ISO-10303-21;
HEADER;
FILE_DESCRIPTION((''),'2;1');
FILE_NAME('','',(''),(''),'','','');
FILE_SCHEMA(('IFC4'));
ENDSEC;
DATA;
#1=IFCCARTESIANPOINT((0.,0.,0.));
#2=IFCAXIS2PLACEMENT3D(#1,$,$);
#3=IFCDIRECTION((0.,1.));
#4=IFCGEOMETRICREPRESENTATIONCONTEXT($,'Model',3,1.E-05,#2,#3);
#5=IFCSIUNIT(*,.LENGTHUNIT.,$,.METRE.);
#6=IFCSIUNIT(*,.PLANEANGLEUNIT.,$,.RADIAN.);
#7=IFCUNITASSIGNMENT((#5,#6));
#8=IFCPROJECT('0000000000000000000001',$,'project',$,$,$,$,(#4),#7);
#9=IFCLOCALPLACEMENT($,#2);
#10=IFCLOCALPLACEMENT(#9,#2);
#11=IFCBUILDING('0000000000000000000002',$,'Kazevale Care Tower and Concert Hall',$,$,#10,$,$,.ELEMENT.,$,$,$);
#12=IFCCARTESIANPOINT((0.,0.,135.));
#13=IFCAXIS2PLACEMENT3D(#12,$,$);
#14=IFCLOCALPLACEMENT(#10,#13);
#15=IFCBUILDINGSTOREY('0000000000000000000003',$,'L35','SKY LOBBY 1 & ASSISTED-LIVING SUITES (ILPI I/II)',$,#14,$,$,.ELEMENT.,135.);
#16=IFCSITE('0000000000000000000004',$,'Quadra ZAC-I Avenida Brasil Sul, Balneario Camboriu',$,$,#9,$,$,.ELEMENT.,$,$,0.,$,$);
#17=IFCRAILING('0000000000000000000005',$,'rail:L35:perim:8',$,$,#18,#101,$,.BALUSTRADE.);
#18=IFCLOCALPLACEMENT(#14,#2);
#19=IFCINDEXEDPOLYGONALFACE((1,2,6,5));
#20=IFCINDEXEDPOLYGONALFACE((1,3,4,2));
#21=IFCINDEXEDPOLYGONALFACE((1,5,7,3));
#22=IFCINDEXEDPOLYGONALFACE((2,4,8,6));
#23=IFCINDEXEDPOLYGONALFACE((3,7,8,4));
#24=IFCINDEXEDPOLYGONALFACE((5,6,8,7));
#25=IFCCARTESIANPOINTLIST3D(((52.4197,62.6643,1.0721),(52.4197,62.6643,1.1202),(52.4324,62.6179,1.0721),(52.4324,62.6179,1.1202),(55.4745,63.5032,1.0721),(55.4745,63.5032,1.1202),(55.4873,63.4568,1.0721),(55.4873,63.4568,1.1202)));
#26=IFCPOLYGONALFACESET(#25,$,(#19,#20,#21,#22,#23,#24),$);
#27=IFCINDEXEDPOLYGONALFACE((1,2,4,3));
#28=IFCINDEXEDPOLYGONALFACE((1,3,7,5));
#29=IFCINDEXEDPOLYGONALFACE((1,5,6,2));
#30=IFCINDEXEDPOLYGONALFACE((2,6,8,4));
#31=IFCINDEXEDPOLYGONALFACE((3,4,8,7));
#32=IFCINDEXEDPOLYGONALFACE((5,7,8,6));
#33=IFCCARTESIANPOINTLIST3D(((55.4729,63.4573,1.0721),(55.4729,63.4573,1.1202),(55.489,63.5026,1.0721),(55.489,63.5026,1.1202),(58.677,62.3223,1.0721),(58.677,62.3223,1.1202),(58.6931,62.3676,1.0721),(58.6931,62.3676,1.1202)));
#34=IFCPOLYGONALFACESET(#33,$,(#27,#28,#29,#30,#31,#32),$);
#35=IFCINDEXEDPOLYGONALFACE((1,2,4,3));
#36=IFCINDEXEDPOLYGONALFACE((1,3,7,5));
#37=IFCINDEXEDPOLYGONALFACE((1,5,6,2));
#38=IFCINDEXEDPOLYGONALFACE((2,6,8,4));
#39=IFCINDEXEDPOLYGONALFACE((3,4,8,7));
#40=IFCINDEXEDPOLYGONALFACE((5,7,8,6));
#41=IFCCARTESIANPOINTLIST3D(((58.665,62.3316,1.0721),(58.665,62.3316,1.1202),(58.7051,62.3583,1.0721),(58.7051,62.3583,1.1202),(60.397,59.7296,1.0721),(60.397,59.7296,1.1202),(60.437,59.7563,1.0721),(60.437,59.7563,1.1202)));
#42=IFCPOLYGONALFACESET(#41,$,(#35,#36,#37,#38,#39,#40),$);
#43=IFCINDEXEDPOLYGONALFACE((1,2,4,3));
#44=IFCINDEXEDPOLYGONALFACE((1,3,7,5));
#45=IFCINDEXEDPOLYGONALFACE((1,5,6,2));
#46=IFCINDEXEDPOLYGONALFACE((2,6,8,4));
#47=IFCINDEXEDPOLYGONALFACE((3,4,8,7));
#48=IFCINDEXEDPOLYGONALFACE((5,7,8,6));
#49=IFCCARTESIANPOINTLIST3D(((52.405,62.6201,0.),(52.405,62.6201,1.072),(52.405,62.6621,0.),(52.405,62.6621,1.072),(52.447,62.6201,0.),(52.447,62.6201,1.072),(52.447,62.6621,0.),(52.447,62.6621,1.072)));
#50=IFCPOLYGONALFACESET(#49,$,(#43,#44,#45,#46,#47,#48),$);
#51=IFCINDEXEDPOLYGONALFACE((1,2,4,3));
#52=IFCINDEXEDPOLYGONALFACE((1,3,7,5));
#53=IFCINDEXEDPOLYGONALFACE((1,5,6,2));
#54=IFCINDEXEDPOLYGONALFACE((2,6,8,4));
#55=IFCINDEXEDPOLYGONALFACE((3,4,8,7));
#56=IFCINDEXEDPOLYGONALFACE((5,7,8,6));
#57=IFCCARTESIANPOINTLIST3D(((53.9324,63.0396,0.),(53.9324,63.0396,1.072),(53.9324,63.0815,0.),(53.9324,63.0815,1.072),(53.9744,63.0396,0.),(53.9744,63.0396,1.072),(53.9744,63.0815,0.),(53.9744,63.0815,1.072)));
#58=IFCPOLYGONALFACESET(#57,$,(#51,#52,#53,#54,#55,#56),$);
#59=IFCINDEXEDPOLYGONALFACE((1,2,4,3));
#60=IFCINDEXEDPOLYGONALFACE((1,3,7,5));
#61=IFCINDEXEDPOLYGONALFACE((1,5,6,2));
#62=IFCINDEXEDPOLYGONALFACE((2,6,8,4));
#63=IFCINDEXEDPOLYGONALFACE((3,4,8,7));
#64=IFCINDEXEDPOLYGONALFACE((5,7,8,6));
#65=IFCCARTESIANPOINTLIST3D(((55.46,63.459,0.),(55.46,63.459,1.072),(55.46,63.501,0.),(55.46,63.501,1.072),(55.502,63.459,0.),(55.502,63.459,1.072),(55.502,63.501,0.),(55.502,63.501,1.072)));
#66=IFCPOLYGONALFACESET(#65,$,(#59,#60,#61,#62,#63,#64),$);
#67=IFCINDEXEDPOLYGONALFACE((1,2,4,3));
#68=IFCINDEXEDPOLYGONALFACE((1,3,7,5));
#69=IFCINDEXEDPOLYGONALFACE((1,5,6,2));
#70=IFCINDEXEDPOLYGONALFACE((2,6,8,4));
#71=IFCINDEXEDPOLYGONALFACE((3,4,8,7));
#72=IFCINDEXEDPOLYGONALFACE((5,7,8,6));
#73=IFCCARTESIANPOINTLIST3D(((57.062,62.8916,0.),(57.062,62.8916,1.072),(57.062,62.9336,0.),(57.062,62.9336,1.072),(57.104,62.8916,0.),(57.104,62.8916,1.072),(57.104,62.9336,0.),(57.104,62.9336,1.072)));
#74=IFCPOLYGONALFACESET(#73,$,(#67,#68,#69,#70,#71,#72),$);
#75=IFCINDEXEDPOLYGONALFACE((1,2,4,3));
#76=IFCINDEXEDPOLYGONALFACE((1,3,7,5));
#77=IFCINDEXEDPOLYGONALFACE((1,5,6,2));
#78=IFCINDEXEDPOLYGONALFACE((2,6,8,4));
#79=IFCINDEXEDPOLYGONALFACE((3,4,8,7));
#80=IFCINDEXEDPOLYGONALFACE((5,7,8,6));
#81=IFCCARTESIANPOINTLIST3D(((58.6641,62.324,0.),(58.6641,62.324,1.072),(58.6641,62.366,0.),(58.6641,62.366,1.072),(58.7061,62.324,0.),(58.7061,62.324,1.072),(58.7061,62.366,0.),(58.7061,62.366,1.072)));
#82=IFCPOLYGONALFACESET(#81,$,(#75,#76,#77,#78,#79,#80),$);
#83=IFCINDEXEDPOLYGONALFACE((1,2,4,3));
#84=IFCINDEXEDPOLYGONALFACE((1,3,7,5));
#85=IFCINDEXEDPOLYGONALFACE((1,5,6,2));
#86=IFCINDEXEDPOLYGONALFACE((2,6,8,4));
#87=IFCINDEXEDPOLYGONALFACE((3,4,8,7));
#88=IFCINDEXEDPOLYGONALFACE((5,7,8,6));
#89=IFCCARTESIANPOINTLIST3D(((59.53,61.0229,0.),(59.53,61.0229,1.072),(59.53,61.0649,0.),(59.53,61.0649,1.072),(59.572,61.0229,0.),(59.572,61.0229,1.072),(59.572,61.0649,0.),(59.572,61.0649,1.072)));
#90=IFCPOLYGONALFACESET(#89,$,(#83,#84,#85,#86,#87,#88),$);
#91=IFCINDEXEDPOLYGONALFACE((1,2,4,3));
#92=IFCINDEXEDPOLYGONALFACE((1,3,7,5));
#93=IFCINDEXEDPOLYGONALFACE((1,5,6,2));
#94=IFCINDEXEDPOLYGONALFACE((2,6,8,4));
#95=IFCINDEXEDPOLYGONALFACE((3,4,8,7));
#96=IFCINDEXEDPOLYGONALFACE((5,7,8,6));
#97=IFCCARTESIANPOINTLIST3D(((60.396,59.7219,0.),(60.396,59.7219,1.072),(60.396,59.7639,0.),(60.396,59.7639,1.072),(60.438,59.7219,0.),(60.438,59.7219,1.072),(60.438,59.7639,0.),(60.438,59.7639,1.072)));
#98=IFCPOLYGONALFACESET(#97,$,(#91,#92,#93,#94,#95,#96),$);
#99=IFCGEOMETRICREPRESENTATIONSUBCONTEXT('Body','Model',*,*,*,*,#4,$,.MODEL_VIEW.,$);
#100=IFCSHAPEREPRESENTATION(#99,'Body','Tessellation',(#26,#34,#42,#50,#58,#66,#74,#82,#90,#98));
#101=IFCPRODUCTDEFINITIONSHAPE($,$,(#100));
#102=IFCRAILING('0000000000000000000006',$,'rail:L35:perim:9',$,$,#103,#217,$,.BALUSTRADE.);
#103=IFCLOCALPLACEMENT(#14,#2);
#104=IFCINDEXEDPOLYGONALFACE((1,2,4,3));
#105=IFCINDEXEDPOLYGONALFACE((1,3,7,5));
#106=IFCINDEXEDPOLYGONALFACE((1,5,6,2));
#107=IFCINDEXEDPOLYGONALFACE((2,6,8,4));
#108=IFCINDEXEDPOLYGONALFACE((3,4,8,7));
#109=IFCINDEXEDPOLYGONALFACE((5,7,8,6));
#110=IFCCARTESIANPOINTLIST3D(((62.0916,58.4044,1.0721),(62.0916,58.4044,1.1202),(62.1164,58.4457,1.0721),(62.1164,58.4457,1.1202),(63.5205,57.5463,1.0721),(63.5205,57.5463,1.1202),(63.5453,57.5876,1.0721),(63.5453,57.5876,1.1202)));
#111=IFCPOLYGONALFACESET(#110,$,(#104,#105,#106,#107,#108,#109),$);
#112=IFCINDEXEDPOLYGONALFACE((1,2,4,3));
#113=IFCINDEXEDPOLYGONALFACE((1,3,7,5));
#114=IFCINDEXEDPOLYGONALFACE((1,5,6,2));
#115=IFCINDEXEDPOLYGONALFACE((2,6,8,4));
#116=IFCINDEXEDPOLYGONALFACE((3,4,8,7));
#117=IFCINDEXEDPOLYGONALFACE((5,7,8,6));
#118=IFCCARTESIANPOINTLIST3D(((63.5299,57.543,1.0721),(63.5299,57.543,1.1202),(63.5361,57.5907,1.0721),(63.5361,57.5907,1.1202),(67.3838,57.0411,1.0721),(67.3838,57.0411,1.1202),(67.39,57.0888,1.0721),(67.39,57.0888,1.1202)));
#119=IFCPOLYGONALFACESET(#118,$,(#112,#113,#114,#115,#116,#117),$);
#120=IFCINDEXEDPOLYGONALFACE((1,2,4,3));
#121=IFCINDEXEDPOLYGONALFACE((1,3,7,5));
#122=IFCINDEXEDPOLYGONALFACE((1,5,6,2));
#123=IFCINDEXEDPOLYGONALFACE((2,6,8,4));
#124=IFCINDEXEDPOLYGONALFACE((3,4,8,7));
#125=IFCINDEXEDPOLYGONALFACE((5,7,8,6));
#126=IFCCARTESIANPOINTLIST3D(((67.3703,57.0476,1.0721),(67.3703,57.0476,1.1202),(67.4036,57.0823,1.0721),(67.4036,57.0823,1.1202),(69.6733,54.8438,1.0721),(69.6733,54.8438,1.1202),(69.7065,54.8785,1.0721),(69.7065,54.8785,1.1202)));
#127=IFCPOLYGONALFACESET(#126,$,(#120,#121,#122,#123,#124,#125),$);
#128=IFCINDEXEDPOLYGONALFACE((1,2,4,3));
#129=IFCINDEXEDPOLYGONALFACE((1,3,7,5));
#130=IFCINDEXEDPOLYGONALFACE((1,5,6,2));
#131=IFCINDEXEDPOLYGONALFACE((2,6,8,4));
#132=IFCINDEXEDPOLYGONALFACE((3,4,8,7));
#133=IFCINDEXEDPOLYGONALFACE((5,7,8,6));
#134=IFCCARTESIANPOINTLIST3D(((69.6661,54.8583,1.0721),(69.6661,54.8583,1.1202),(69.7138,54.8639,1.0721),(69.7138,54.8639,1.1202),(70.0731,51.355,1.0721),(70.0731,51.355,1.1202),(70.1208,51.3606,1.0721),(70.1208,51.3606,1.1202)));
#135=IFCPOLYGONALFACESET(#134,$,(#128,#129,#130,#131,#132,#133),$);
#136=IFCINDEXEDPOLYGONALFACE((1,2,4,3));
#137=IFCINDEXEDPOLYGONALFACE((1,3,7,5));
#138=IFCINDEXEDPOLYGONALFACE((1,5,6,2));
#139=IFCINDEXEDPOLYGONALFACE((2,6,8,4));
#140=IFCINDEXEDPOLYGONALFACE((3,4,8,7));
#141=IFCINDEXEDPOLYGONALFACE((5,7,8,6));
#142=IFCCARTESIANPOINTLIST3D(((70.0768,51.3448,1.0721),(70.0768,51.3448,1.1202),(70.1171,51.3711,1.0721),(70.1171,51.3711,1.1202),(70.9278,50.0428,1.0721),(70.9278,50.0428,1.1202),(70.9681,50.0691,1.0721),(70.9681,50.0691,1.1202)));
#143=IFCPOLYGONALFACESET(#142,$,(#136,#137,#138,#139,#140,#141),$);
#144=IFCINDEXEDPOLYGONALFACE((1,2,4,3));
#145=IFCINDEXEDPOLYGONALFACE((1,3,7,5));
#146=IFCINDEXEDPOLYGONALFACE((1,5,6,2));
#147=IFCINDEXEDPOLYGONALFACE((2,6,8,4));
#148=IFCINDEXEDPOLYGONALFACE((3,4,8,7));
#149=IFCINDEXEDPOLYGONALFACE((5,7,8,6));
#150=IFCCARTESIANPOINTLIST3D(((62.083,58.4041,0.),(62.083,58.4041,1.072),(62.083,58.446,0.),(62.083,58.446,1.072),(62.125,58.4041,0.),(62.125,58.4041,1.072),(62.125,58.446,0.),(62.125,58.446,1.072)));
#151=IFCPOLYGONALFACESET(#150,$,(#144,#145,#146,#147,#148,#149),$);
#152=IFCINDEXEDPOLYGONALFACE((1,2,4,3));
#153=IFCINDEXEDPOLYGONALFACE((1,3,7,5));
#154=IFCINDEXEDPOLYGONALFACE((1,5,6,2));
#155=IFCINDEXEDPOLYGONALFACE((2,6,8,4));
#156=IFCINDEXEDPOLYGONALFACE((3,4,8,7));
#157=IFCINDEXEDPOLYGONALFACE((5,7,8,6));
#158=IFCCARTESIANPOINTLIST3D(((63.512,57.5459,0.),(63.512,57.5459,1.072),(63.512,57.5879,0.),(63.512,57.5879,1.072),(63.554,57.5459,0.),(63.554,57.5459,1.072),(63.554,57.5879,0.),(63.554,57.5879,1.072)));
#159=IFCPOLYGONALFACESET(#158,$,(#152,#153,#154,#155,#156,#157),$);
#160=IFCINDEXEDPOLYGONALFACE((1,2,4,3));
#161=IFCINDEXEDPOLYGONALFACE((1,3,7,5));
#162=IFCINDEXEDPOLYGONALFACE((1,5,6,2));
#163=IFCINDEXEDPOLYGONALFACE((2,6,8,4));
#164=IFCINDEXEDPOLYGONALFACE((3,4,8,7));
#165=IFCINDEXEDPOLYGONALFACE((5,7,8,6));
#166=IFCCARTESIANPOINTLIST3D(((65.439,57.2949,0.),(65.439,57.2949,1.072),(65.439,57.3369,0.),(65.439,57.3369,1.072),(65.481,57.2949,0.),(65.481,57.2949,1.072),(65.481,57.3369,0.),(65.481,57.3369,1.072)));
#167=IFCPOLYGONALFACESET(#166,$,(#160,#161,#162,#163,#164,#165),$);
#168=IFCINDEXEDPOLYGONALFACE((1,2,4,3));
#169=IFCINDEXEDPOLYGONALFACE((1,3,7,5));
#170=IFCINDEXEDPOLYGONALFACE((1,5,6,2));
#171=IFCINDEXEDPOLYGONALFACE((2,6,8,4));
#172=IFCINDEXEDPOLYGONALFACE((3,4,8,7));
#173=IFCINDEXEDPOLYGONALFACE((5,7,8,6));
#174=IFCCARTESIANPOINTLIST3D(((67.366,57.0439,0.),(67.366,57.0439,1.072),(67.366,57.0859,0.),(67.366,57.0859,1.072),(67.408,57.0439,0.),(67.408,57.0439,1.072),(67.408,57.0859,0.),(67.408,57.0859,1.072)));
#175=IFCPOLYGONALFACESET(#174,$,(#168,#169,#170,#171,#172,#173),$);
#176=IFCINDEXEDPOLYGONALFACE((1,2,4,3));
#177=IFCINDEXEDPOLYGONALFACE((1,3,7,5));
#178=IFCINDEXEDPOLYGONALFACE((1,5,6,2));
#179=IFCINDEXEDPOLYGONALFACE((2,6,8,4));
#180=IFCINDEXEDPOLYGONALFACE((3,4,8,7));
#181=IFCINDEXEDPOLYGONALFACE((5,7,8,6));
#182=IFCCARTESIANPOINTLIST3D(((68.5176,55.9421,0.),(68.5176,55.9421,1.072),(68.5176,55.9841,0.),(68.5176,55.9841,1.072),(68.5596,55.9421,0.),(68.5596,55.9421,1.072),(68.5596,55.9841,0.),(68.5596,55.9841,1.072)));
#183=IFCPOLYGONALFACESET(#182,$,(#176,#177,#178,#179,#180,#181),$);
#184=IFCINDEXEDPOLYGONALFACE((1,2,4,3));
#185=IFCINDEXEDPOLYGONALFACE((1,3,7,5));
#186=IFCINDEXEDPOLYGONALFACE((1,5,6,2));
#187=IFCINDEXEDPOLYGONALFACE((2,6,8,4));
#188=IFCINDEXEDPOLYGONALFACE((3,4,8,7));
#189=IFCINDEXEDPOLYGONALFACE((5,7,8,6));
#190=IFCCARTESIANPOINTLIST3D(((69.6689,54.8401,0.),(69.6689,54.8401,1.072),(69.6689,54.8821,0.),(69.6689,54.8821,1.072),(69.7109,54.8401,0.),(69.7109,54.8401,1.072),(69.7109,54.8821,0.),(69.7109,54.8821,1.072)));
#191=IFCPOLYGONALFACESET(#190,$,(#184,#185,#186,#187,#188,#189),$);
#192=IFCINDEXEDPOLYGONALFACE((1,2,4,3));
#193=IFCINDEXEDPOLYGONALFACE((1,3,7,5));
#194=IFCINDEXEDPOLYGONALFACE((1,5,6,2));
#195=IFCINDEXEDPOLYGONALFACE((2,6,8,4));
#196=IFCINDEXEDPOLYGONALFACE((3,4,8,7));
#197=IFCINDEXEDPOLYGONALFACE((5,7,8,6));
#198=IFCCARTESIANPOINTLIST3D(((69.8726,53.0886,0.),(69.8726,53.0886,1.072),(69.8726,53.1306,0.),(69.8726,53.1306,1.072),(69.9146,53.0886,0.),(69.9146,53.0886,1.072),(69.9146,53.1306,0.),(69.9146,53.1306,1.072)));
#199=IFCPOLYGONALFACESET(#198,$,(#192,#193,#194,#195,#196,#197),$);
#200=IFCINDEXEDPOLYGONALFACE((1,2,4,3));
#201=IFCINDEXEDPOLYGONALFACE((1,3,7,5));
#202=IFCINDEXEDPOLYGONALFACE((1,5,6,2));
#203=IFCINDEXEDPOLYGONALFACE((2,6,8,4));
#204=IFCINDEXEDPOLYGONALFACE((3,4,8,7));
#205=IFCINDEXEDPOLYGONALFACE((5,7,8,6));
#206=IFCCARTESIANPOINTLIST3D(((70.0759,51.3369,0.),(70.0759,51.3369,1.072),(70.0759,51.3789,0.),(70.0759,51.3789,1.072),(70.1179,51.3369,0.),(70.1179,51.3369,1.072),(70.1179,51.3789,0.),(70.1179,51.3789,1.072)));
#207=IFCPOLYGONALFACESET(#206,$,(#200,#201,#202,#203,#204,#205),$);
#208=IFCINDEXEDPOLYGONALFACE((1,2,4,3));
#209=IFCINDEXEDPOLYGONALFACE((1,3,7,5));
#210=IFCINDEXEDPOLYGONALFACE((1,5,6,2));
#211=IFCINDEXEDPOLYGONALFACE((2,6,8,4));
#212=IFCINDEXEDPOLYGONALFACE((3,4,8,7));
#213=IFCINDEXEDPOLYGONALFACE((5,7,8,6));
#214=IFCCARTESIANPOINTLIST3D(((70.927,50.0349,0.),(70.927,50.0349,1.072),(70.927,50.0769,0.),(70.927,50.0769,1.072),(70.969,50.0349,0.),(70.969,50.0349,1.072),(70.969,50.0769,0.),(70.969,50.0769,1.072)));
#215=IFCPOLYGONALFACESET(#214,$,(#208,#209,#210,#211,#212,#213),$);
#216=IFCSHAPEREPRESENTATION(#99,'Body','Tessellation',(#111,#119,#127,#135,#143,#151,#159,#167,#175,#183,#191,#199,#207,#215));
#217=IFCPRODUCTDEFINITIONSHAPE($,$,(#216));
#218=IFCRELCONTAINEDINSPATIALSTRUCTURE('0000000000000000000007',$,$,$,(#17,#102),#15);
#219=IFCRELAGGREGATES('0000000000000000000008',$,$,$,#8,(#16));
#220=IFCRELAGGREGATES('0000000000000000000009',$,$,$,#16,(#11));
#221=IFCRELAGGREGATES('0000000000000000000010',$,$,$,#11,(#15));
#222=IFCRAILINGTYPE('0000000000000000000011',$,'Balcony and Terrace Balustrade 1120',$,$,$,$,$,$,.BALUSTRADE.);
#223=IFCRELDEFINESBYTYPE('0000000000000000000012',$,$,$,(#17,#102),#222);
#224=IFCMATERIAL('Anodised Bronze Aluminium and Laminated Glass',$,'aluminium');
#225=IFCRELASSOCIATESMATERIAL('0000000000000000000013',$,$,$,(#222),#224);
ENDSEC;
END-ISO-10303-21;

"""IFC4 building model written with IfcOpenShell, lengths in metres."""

from ifc_helpers import new_model, si_unit, direction, frame, origin, origin_2d, place, context, subcontext, project, spatial, rectangle, extrude, material, type_object, element, save


model = new_model("IFC4")

# Units and contexts
model_context = context("Model", 3, precision=1e-05, world=origin(), true_north=direction((0.0, 1.0)))
body_context = subcontext(model_context, "Body", "Model", "MODEL_VIEW")
ifc_project = project(units=[si_unit("LENGTHUNIT", "METRE"), si_unit("PLANEANGLEUNIT", "RADIAN")], contexts=[model_context])

# Site, building, storey
site_placement = place(None, origin())
site = spatial("IfcSite", under=ifc_project, at=site_placement, Name="Quadra ZAC-I Avenida Brasil Sul, Balneario Camboriu", CompositionType="ELEMENT", RefElevation=0.0)
building_placement = place(site_placement, origin())
building = spatial("IfcBuilding", under=site, at=building_placement, Name="Kazevale Care Tower and Concert Hall", CompositionType="ELEMENT")
storey_placement = place(building_placement, frame((0.0, 0.0, 135.0)))
storey = spatial("IfcBuildingStorey", under=building, at=storey_placement, Name="L35", Description="SKY LOBBY 1 & ASSISTED-LIVING SUITES (ILPI I/II)", CompositionType="ELEMENT", Elevation=135.0)

# Railings
ifc_material_1 = material(Name="Anodised Bronze Aluminium and Laminated Glass", Category="aluminium")
railing_type = type_object("IfcRailingType", Name="Balcony and Terrace Balustrade 1120", PredefinedType="BALUSTRADE", material=ifc_material_1)
railing_1_placement = place(storey_placement, frame((52.426, 62.6411, 0.0)))
element("IfcRailing", 1, at=railing_1_placement, inside=storey, type_object=railing_type, Name="rail:L35:perim:8", PredefinedType="BALUSTRADE", context=body_context, shape_type="SweptSolid", body=[
    extrude(rectangle(XDim=0.0481, YDim=0.0481, at=origin_2d()), frame((0.0, 0.0, 1.0962), z_axis=(0.964305, 0.264793, 0.0), x_axis=(-0.264793, 0.964305, 0.0)), (0.0, 0.0, 1.0), 3.168),
    extrude(rectangle(XDim=0.0481, YDim=0.0481, at=origin_2d()), frame((3.0549, 0.8389, 1.0962), z_axis=(0.942607, -0.333906, 0.0), x_axis=(0.333906, 0.942607, 0.0)), (0.0, 0.0, 1.0), 3.3992),
    extrude(rectangle(XDim=0.0481, YDim=0.0481, at=origin_2d()), frame((6.259, -0.2961, 1.0962), z_axis=(0.554087, -0.832459, 0.0), x_axis=(0.832459, 0.554087, 0.0)), (0.0, 0.0, 1.0), 3.1257),
    extrude(rectangle(XDim=0.042, YDim=0.042, at=origin_2d()), origin(), (0.0, 0.0, 1.0), 1.072),
    extrude(rectangle(XDim=0.042, YDim=0.042, at=origin_2d()), frame((1.5273, 0.4194, 0.0)), (0.0, 0.0, 1.0), 1.072),
    extrude(rectangle(XDim=0.042, YDim=0.042, at=origin_2d()), frame((3.0549, 0.8389, 0.0)), (0.0, 0.0, 1.0), 1.072),
    extrude(rectangle(XDim=0.042, YDim=0.042, at=origin_2d()), frame((4.657, 0.2715, 0.0)), (0.0, 0.0, 1.0), 1.072),
    extrude(rectangle(XDim=0.042, YDim=0.042, at=origin_2d()), frame((6.259, -0.2961, 0.0)), (0.0, 0.0, 1.0), 1.072),
    extrude(rectangle(XDim=0.042, YDim=0.042, at=origin_2d()), frame((7.125, -1.5972, 0.0)), (0.0, 0.0, 1.0), 1.072),
    extrude(rectangle(XDim=0.042, YDim=0.042, at=origin_2d()), frame((7.991, -2.8982, 0.0)), (0.0, 0.0, 1.0), 1.072),
])
railing_2_placement = place(storey_placement, frame((62.104, 58.425, 0.0)))
element("IfcRailing", 2, at=railing_2_placement, inside=storey, type_object=railing_type, Name="rail:L35:perim:9", PredefinedType="BALUSTRADE", context=body_context, shape_type="SweptSolid", body=[
    extrude(rectangle(XDim=0.0481, YDim=0.0481, at=origin_2d()), frame((0.0, 0.0, 1.0962), z_axis=(0.857286, -0.51484, 0.0), x_axis=(0.51484, 0.857286, 0.0)), (0.0, 0.0, 1.0), 1.6667),
    extrude(rectangle(XDim=0.0481, YDim=0.0481, at=origin_2d()), frame((1.429, -0.8582, 1.0962), z_axis=(0.991625, -0.129151, 0.0), x_axis=(0.129151, 0.991625, 0.0)), (0.0, 0.0, 1.0), 3.8865),
    extrude(rectangle(XDim=0.0481, YDim=0.0481, at=origin_2d()), frame((5.283, -1.3601, 1.0962), z_axis=(0.722484, -0.691388, 0.0), x_axis=(0.691388, 0.722484, 0.0)), (0.0, 0.0, 1.0), 3.1875),
    extrude(rectangle(XDim=0.0481, YDim=0.0481, at=origin_2d()), frame((7.5859, -3.564, 1.0962), z_axis=(0.115399, -0.993319, 0.0), x_axis=(0.993319, 0.115399, 0.0)), (0.0, 0.0, 1.0), 3.5269),
    extrude(rectangle(XDim=0.0481, YDim=0.0481, at=origin_2d()), frame((7.9929, -7.0671, 1.0962), z_axis=(0.547144, -0.837039, 0.0), x_axis=(0.837039, 0.547144, 0.0)), (0.0, 0.0, 1.0), 1.5554),
    extrude(rectangle(XDim=0.042, YDim=0.042, at=origin_2d()), origin(), (0.0, 0.0, 1.0), 1.072),
    extrude(rectangle(XDim=0.042, YDim=0.042, at=origin_2d()), frame((1.429, -0.8582, 0.0)), (0.0, 0.0, 1.0), 1.072),
    extrude(rectangle(XDim=0.042, YDim=0.042, at=origin_2d()), frame((3.356, -1.1091, 0.0)), (0.0, 0.0, 1.0), 1.072),
    extrude(rectangle(XDim=0.042, YDim=0.042, at=origin_2d()), frame((5.283, -1.3601, 0.0)), (0.0, 0.0, 1.0), 1.072),
    extrude(rectangle(XDim=0.042, YDim=0.042, at=origin_2d()), frame((6.4346, -2.4619, 0.0)), (0.0, 0.0, 1.0), 1.072),
    extrude(rectangle(XDim=0.042, YDim=0.042, at=origin_2d()), frame((7.5859, -3.564, 0.0)), (0.0, 0.0, 1.0), 1.072),
    extrude(rectangle(XDim=0.042, YDim=0.042, at=origin_2d()), frame((7.7896, -5.3154, 0.0)), (0.0, 0.0, 1.0), 1.072),
    extrude(rectangle(XDim=0.042, YDim=0.042, at=origin_2d()), frame((7.9929, -7.0671, 0.0)), (0.0, 0.0, 1.0), 1.072),
    extrude(rectangle(XDim=0.042, YDim=0.042, at=origin_2d()), frame((8.844, -8.3691, 0.0)), (0.0, 0.0, 1.0), 1.072),
])

save(model, "model.ifc")
